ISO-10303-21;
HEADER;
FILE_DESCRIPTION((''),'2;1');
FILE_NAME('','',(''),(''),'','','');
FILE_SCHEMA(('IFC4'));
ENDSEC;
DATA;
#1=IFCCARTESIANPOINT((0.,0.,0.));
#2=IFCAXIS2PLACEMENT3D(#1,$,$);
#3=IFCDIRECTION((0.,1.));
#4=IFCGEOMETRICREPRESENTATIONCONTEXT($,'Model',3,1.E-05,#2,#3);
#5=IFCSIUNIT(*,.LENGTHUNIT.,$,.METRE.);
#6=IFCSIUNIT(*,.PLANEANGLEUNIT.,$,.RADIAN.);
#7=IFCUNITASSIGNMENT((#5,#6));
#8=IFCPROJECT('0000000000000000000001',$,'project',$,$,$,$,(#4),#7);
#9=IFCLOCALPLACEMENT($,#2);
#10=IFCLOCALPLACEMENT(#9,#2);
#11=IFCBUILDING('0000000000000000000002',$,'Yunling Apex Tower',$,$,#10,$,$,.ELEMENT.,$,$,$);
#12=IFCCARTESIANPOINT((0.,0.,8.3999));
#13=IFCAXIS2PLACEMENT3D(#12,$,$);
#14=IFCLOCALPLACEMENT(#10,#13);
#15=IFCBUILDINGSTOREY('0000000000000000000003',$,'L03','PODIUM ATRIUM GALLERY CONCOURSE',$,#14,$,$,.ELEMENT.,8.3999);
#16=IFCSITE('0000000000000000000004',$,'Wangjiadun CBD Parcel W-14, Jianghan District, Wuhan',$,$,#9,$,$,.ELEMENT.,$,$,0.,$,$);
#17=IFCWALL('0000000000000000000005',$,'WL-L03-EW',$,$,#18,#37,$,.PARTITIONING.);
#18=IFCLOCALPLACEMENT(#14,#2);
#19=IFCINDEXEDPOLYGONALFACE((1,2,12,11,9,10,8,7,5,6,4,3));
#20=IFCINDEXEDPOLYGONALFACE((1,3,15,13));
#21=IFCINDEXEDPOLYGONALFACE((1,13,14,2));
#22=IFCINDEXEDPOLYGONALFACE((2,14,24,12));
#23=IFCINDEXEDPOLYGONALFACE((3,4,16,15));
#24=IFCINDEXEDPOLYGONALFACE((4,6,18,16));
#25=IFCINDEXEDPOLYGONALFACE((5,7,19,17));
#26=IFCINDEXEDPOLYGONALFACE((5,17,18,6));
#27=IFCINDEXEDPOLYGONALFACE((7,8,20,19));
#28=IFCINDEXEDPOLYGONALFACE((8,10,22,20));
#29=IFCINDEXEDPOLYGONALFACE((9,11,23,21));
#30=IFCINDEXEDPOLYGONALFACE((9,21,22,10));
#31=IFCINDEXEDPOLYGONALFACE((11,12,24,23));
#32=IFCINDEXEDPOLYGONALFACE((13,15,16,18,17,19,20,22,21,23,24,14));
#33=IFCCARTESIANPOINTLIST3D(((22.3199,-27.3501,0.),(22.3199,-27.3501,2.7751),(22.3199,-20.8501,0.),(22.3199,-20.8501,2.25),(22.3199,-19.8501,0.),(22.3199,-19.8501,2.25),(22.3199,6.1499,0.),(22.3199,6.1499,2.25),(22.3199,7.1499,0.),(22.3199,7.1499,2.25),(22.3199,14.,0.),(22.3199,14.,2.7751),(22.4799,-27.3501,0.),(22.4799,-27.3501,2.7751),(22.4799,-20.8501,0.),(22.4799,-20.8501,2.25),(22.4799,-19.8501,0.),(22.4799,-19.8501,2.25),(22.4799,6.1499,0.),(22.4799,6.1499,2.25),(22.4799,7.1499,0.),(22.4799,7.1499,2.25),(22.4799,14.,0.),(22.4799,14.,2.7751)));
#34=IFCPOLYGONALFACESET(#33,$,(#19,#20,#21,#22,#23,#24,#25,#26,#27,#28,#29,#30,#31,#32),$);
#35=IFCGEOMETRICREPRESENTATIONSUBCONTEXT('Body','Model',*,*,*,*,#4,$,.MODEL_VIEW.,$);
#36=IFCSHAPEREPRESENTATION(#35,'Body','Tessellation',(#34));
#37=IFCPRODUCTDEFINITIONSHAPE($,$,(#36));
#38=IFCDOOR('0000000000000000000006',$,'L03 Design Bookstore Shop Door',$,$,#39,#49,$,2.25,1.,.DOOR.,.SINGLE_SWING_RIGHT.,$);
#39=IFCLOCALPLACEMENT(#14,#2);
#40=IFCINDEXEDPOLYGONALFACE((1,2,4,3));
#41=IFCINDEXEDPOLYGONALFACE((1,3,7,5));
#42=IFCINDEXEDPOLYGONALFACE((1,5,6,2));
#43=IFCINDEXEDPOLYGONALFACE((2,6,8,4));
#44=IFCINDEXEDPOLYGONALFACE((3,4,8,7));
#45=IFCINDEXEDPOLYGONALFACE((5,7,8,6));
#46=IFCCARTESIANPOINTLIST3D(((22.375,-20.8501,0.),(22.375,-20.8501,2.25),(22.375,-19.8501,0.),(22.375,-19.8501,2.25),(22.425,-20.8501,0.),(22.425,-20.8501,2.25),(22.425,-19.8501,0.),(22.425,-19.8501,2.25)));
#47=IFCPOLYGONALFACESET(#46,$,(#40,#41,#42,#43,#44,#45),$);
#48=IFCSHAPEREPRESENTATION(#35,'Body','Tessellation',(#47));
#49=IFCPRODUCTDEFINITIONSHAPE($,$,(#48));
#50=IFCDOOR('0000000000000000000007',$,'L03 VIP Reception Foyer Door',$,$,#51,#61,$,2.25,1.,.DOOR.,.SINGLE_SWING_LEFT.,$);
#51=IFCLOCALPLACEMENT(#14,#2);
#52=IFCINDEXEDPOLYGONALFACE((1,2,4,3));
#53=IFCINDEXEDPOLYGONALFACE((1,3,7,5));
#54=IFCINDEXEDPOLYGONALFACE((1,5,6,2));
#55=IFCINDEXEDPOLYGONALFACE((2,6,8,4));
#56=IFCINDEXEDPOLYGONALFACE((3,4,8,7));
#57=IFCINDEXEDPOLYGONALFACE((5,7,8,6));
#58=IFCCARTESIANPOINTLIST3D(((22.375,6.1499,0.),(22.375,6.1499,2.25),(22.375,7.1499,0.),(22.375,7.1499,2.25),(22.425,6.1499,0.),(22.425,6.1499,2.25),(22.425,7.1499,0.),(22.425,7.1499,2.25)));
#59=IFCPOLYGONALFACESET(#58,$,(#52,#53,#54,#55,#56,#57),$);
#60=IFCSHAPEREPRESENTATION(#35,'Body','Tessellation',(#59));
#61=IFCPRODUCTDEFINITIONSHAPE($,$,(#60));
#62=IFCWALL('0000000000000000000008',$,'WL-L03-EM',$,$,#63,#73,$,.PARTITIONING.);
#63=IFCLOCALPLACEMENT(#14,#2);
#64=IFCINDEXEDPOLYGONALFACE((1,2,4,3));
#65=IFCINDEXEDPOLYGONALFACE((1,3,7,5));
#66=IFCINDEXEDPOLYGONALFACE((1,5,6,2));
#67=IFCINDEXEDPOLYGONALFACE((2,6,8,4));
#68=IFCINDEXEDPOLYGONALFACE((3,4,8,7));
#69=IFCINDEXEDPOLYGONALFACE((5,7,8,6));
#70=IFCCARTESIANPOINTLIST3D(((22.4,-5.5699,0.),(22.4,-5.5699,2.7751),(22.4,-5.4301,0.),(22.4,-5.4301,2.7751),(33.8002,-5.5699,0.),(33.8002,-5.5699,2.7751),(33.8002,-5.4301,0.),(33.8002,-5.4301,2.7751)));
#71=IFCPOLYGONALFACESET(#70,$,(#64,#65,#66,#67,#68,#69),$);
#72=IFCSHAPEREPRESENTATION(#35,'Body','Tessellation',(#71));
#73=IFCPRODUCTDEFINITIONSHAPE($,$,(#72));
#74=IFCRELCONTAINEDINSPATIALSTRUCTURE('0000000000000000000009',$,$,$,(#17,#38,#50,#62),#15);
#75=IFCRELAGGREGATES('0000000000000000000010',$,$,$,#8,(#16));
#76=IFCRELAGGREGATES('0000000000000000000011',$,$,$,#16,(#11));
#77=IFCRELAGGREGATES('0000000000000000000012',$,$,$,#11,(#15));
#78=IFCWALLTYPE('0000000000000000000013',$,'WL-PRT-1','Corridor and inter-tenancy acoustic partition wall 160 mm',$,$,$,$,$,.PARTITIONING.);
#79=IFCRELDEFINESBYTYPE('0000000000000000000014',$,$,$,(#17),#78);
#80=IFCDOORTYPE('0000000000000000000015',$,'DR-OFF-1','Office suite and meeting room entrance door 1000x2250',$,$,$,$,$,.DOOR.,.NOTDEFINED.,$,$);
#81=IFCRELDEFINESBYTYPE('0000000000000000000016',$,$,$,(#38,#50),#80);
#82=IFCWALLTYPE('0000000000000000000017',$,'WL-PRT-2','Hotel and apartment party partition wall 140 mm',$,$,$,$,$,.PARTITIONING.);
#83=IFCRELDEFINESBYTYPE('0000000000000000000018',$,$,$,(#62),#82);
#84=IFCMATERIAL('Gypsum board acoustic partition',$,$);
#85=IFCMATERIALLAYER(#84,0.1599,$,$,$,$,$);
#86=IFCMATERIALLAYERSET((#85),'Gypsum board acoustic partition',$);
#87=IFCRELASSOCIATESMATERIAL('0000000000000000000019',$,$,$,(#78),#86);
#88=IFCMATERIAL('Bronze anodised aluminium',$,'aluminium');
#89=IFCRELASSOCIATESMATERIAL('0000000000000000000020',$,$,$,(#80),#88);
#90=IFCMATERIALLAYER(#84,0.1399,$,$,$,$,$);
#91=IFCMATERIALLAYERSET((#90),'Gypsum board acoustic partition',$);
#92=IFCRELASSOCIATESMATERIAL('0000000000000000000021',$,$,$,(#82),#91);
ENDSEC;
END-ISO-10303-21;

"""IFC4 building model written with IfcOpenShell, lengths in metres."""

from ifc_helpers import new_model, si_unit, direction, frame, frame_2d, origin, place, context, subcontext, project, spatial, rectangle, extrude, material, layer, layer_set, type_object, element, fill, save


model = new_model("IFC4")

# Units and contexts
model_context = context("Model", 3, precision=1e-05, world=origin(), true_north=direction((0.0, 1.0)))
body_context = subcontext(model_context, "Body", "Model", "MODEL_VIEW")
ifc_project = project(units=[si_unit("LENGTHUNIT", "METRE"), si_unit("PLANEANGLEUNIT", "RADIAN")], contexts=[model_context])

# Site, building, storey
site_placement = place(None, origin())
site = spatial("IfcSite", under=ifc_project, at=site_placement, Name="Wangjiadun CBD Parcel W-14, Jianghan District, Wuhan", CompositionType="ELEMENT", RefElevation=0.0)
building_placement = place(site_placement, origin())
building = spatial("IfcBuilding", under=site, at=building_placement, Name="Yunling Apex Tower", CompositionType="ELEMENT")
storey_placement = place(building_placement, frame((0.0, 0.0, 8.3999)))
storey = spatial("IfcBuildingStorey", under=building, at=storey_placement, Name="L03", Description="PODIUM ATRIUM GALLERY CONCOURSE", CompositionType="ELEMENT", Elevation=8.3999)

# Wall, openings, doors
ifc_material_1 = material(Name="Gypsum board acoustic partition")
ifc_layer_1 = layer(ifc_material_1, 0.1599)
ifc_layer_set_1 = layer_set([ifc_layer_1], Name="Gypsum board acoustic partition")
wall_type_1 = type_object("IfcWallType", Name="WL-PRT-1", Description="Corridor and inter-tenancy acoustic partition wall 160 mm", PredefinedType="PARTITIONING", material=ifc_layer_set_1)
wall_1_placement = place(storey_placement, frame((22.3999, -27.3501, 0.0), z_axis=(0.0, 0.0, 1.0), x_axis=(0.0, 1.0, 0.0)))
wall_1 = element("IfcWall", 1, at=wall_1_placement, inside=storey, type_object=wall_type_1, Name="WL-L03-EW", PredefinedType="PARTITIONING", context=body_context, shape_type="SweptSolid", body=[
    extrude(rectangle(XDim=41.3501, YDim=0.1599, at=frame_2d((20.675, 0.0))), origin(), (0.0, 0.0, 1.0), 2.7751),
])
opening_1_placement = place(wall_1_placement, frame((6.5, 0.0, 0.0)))
opening_1 = element("IfcOpeningElement", 2, at=opening_1_placement, cuts=wall_1, PredefinedType="OPENING", context=body_context, shape_type="SweptSolid", body=[
    extrude(rectangle(XDim=1.0, YDim=2.25, at=frame_2d((0.5, 1.125))), frame((0.0, 0.0898, 0.0), z_axis=(0.0, -1.0, 0.0), x_axis=(1.0, 0.0, 0.0)), (0.0, 0.0, 1.0), 0.1799),
])
opening_2_placement = place(wall_1_placement, frame((33.5, 0.0, 0.0)))
opening_2 = element("IfcOpeningElement", 3, at=opening_2_placement, cuts=wall_1, PredefinedType="OPENING", context=body_context, shape_type="SweptSolid", body=[
    extrude(rectangle(XDim=1.0, YDim=2.25, at=frame_2d((0.5, 1.125))), frame((0.0, 0.0898, 0.0), z_axis=(0.0, -1.0, 0.0), x_axis=(1.0, 0.0, 0.0)), (0.0, 0.0, 1.0), 0.1799),
])
ifc_material_2 = material(Name="Bronze anodised aluminium", Category="aluminium")
door_type = type_object("IfcDoorType", Name="DR-OFF-1", Description="Office suite and meeting room entrance door 1000x2250", OperationType="NOTDEFINED", PredefinedType="DOOR", material=ifc_material_2)
door_1_placement = place(opening_1_placement, origin())
door_1 = element("IfcDoor", 4, at=door_1_placement, inside=storey, type_object=door_type, Name="L03 Design Bookstore Shop Door", OperationType="SINGLE_SWING_RIGHT", OverallHeight=2.25, OverallWidth=1.0, PredefinedType="DOOR", context=body_context, shape_type="SweptSolid", body=[
    extrude(rectangle(XDim=1.0, YDim=2.25, at=frame_2d((0.5, 1.125))), frame((0.0, 0.0249, 0.0), z_axis=(0.0, -1.0, 0.0), x_axis=(1.0, 0.0, 0.0)), (0.0, 0.0, 1.0), 0.05),
])
fill(opening_1, door_1)
door_2_placement = place(opening_2_placement, origin())
door_2 = element("IfcDoor", 5, at=door_2_placement, inside=storey, type_object=door_type, Name="L03 VIP Reception Foyer Door", OperationType="SINGLE_SWING_LEFT", OverallHeight=2.25, OverallWidth=1.0, PredefinedType="DOOR", context=body_context, shape_type="SweptSolid", body=[
    extrude(rectangle(XDim=1.0, YDim=2.25, at=frame_2d((0.5, 1.125))), frame((0.0, 0.0249, 0.0), z_axis=(0.0, -1.0, 0.0), x_axis=(1.0, 0.0, 0.0)), (0.0, 0.0, 1.0), 0.05),
])
fill(opening_2, door_2)

# Wall
ifc_layer_2 = layer(ifc_material_1, 0.1399)
ifc_layer_set_2 = layer_set([ifc_layer_2], Name="Gypsum board acoustic partition")
wall_type_2 = type_object("IfcWallType", Name="WL-PRT-2", Description="Hotel and apartment party partition wall 140 mm", PredefinedType="PARTITIONING", material=ifc_layer_set_2)
wall_2_placement = place(storey_placement, frame((22.3999, -5.5, 0.0), z_axis=(0.0, 0.0, 1.0), x_axis=(1.0, 0.0, 0.0)))
element("IfcWall", 6, at=wall_2_placement, inside=storey, type_object=wall_type_2, Name="WL-L03-EM", PredefinedType="PARTITIONING", context=body_context, shape_type="SweptSolid", body=[
    extrude(rectangle(XDim=11.4001, YDim=0.1399, at=frame_2d((5.7002, 0.0))), origin(), (0.0, 0.0, 1.0), 2.7751),
])

save(model, "model.ifc")
